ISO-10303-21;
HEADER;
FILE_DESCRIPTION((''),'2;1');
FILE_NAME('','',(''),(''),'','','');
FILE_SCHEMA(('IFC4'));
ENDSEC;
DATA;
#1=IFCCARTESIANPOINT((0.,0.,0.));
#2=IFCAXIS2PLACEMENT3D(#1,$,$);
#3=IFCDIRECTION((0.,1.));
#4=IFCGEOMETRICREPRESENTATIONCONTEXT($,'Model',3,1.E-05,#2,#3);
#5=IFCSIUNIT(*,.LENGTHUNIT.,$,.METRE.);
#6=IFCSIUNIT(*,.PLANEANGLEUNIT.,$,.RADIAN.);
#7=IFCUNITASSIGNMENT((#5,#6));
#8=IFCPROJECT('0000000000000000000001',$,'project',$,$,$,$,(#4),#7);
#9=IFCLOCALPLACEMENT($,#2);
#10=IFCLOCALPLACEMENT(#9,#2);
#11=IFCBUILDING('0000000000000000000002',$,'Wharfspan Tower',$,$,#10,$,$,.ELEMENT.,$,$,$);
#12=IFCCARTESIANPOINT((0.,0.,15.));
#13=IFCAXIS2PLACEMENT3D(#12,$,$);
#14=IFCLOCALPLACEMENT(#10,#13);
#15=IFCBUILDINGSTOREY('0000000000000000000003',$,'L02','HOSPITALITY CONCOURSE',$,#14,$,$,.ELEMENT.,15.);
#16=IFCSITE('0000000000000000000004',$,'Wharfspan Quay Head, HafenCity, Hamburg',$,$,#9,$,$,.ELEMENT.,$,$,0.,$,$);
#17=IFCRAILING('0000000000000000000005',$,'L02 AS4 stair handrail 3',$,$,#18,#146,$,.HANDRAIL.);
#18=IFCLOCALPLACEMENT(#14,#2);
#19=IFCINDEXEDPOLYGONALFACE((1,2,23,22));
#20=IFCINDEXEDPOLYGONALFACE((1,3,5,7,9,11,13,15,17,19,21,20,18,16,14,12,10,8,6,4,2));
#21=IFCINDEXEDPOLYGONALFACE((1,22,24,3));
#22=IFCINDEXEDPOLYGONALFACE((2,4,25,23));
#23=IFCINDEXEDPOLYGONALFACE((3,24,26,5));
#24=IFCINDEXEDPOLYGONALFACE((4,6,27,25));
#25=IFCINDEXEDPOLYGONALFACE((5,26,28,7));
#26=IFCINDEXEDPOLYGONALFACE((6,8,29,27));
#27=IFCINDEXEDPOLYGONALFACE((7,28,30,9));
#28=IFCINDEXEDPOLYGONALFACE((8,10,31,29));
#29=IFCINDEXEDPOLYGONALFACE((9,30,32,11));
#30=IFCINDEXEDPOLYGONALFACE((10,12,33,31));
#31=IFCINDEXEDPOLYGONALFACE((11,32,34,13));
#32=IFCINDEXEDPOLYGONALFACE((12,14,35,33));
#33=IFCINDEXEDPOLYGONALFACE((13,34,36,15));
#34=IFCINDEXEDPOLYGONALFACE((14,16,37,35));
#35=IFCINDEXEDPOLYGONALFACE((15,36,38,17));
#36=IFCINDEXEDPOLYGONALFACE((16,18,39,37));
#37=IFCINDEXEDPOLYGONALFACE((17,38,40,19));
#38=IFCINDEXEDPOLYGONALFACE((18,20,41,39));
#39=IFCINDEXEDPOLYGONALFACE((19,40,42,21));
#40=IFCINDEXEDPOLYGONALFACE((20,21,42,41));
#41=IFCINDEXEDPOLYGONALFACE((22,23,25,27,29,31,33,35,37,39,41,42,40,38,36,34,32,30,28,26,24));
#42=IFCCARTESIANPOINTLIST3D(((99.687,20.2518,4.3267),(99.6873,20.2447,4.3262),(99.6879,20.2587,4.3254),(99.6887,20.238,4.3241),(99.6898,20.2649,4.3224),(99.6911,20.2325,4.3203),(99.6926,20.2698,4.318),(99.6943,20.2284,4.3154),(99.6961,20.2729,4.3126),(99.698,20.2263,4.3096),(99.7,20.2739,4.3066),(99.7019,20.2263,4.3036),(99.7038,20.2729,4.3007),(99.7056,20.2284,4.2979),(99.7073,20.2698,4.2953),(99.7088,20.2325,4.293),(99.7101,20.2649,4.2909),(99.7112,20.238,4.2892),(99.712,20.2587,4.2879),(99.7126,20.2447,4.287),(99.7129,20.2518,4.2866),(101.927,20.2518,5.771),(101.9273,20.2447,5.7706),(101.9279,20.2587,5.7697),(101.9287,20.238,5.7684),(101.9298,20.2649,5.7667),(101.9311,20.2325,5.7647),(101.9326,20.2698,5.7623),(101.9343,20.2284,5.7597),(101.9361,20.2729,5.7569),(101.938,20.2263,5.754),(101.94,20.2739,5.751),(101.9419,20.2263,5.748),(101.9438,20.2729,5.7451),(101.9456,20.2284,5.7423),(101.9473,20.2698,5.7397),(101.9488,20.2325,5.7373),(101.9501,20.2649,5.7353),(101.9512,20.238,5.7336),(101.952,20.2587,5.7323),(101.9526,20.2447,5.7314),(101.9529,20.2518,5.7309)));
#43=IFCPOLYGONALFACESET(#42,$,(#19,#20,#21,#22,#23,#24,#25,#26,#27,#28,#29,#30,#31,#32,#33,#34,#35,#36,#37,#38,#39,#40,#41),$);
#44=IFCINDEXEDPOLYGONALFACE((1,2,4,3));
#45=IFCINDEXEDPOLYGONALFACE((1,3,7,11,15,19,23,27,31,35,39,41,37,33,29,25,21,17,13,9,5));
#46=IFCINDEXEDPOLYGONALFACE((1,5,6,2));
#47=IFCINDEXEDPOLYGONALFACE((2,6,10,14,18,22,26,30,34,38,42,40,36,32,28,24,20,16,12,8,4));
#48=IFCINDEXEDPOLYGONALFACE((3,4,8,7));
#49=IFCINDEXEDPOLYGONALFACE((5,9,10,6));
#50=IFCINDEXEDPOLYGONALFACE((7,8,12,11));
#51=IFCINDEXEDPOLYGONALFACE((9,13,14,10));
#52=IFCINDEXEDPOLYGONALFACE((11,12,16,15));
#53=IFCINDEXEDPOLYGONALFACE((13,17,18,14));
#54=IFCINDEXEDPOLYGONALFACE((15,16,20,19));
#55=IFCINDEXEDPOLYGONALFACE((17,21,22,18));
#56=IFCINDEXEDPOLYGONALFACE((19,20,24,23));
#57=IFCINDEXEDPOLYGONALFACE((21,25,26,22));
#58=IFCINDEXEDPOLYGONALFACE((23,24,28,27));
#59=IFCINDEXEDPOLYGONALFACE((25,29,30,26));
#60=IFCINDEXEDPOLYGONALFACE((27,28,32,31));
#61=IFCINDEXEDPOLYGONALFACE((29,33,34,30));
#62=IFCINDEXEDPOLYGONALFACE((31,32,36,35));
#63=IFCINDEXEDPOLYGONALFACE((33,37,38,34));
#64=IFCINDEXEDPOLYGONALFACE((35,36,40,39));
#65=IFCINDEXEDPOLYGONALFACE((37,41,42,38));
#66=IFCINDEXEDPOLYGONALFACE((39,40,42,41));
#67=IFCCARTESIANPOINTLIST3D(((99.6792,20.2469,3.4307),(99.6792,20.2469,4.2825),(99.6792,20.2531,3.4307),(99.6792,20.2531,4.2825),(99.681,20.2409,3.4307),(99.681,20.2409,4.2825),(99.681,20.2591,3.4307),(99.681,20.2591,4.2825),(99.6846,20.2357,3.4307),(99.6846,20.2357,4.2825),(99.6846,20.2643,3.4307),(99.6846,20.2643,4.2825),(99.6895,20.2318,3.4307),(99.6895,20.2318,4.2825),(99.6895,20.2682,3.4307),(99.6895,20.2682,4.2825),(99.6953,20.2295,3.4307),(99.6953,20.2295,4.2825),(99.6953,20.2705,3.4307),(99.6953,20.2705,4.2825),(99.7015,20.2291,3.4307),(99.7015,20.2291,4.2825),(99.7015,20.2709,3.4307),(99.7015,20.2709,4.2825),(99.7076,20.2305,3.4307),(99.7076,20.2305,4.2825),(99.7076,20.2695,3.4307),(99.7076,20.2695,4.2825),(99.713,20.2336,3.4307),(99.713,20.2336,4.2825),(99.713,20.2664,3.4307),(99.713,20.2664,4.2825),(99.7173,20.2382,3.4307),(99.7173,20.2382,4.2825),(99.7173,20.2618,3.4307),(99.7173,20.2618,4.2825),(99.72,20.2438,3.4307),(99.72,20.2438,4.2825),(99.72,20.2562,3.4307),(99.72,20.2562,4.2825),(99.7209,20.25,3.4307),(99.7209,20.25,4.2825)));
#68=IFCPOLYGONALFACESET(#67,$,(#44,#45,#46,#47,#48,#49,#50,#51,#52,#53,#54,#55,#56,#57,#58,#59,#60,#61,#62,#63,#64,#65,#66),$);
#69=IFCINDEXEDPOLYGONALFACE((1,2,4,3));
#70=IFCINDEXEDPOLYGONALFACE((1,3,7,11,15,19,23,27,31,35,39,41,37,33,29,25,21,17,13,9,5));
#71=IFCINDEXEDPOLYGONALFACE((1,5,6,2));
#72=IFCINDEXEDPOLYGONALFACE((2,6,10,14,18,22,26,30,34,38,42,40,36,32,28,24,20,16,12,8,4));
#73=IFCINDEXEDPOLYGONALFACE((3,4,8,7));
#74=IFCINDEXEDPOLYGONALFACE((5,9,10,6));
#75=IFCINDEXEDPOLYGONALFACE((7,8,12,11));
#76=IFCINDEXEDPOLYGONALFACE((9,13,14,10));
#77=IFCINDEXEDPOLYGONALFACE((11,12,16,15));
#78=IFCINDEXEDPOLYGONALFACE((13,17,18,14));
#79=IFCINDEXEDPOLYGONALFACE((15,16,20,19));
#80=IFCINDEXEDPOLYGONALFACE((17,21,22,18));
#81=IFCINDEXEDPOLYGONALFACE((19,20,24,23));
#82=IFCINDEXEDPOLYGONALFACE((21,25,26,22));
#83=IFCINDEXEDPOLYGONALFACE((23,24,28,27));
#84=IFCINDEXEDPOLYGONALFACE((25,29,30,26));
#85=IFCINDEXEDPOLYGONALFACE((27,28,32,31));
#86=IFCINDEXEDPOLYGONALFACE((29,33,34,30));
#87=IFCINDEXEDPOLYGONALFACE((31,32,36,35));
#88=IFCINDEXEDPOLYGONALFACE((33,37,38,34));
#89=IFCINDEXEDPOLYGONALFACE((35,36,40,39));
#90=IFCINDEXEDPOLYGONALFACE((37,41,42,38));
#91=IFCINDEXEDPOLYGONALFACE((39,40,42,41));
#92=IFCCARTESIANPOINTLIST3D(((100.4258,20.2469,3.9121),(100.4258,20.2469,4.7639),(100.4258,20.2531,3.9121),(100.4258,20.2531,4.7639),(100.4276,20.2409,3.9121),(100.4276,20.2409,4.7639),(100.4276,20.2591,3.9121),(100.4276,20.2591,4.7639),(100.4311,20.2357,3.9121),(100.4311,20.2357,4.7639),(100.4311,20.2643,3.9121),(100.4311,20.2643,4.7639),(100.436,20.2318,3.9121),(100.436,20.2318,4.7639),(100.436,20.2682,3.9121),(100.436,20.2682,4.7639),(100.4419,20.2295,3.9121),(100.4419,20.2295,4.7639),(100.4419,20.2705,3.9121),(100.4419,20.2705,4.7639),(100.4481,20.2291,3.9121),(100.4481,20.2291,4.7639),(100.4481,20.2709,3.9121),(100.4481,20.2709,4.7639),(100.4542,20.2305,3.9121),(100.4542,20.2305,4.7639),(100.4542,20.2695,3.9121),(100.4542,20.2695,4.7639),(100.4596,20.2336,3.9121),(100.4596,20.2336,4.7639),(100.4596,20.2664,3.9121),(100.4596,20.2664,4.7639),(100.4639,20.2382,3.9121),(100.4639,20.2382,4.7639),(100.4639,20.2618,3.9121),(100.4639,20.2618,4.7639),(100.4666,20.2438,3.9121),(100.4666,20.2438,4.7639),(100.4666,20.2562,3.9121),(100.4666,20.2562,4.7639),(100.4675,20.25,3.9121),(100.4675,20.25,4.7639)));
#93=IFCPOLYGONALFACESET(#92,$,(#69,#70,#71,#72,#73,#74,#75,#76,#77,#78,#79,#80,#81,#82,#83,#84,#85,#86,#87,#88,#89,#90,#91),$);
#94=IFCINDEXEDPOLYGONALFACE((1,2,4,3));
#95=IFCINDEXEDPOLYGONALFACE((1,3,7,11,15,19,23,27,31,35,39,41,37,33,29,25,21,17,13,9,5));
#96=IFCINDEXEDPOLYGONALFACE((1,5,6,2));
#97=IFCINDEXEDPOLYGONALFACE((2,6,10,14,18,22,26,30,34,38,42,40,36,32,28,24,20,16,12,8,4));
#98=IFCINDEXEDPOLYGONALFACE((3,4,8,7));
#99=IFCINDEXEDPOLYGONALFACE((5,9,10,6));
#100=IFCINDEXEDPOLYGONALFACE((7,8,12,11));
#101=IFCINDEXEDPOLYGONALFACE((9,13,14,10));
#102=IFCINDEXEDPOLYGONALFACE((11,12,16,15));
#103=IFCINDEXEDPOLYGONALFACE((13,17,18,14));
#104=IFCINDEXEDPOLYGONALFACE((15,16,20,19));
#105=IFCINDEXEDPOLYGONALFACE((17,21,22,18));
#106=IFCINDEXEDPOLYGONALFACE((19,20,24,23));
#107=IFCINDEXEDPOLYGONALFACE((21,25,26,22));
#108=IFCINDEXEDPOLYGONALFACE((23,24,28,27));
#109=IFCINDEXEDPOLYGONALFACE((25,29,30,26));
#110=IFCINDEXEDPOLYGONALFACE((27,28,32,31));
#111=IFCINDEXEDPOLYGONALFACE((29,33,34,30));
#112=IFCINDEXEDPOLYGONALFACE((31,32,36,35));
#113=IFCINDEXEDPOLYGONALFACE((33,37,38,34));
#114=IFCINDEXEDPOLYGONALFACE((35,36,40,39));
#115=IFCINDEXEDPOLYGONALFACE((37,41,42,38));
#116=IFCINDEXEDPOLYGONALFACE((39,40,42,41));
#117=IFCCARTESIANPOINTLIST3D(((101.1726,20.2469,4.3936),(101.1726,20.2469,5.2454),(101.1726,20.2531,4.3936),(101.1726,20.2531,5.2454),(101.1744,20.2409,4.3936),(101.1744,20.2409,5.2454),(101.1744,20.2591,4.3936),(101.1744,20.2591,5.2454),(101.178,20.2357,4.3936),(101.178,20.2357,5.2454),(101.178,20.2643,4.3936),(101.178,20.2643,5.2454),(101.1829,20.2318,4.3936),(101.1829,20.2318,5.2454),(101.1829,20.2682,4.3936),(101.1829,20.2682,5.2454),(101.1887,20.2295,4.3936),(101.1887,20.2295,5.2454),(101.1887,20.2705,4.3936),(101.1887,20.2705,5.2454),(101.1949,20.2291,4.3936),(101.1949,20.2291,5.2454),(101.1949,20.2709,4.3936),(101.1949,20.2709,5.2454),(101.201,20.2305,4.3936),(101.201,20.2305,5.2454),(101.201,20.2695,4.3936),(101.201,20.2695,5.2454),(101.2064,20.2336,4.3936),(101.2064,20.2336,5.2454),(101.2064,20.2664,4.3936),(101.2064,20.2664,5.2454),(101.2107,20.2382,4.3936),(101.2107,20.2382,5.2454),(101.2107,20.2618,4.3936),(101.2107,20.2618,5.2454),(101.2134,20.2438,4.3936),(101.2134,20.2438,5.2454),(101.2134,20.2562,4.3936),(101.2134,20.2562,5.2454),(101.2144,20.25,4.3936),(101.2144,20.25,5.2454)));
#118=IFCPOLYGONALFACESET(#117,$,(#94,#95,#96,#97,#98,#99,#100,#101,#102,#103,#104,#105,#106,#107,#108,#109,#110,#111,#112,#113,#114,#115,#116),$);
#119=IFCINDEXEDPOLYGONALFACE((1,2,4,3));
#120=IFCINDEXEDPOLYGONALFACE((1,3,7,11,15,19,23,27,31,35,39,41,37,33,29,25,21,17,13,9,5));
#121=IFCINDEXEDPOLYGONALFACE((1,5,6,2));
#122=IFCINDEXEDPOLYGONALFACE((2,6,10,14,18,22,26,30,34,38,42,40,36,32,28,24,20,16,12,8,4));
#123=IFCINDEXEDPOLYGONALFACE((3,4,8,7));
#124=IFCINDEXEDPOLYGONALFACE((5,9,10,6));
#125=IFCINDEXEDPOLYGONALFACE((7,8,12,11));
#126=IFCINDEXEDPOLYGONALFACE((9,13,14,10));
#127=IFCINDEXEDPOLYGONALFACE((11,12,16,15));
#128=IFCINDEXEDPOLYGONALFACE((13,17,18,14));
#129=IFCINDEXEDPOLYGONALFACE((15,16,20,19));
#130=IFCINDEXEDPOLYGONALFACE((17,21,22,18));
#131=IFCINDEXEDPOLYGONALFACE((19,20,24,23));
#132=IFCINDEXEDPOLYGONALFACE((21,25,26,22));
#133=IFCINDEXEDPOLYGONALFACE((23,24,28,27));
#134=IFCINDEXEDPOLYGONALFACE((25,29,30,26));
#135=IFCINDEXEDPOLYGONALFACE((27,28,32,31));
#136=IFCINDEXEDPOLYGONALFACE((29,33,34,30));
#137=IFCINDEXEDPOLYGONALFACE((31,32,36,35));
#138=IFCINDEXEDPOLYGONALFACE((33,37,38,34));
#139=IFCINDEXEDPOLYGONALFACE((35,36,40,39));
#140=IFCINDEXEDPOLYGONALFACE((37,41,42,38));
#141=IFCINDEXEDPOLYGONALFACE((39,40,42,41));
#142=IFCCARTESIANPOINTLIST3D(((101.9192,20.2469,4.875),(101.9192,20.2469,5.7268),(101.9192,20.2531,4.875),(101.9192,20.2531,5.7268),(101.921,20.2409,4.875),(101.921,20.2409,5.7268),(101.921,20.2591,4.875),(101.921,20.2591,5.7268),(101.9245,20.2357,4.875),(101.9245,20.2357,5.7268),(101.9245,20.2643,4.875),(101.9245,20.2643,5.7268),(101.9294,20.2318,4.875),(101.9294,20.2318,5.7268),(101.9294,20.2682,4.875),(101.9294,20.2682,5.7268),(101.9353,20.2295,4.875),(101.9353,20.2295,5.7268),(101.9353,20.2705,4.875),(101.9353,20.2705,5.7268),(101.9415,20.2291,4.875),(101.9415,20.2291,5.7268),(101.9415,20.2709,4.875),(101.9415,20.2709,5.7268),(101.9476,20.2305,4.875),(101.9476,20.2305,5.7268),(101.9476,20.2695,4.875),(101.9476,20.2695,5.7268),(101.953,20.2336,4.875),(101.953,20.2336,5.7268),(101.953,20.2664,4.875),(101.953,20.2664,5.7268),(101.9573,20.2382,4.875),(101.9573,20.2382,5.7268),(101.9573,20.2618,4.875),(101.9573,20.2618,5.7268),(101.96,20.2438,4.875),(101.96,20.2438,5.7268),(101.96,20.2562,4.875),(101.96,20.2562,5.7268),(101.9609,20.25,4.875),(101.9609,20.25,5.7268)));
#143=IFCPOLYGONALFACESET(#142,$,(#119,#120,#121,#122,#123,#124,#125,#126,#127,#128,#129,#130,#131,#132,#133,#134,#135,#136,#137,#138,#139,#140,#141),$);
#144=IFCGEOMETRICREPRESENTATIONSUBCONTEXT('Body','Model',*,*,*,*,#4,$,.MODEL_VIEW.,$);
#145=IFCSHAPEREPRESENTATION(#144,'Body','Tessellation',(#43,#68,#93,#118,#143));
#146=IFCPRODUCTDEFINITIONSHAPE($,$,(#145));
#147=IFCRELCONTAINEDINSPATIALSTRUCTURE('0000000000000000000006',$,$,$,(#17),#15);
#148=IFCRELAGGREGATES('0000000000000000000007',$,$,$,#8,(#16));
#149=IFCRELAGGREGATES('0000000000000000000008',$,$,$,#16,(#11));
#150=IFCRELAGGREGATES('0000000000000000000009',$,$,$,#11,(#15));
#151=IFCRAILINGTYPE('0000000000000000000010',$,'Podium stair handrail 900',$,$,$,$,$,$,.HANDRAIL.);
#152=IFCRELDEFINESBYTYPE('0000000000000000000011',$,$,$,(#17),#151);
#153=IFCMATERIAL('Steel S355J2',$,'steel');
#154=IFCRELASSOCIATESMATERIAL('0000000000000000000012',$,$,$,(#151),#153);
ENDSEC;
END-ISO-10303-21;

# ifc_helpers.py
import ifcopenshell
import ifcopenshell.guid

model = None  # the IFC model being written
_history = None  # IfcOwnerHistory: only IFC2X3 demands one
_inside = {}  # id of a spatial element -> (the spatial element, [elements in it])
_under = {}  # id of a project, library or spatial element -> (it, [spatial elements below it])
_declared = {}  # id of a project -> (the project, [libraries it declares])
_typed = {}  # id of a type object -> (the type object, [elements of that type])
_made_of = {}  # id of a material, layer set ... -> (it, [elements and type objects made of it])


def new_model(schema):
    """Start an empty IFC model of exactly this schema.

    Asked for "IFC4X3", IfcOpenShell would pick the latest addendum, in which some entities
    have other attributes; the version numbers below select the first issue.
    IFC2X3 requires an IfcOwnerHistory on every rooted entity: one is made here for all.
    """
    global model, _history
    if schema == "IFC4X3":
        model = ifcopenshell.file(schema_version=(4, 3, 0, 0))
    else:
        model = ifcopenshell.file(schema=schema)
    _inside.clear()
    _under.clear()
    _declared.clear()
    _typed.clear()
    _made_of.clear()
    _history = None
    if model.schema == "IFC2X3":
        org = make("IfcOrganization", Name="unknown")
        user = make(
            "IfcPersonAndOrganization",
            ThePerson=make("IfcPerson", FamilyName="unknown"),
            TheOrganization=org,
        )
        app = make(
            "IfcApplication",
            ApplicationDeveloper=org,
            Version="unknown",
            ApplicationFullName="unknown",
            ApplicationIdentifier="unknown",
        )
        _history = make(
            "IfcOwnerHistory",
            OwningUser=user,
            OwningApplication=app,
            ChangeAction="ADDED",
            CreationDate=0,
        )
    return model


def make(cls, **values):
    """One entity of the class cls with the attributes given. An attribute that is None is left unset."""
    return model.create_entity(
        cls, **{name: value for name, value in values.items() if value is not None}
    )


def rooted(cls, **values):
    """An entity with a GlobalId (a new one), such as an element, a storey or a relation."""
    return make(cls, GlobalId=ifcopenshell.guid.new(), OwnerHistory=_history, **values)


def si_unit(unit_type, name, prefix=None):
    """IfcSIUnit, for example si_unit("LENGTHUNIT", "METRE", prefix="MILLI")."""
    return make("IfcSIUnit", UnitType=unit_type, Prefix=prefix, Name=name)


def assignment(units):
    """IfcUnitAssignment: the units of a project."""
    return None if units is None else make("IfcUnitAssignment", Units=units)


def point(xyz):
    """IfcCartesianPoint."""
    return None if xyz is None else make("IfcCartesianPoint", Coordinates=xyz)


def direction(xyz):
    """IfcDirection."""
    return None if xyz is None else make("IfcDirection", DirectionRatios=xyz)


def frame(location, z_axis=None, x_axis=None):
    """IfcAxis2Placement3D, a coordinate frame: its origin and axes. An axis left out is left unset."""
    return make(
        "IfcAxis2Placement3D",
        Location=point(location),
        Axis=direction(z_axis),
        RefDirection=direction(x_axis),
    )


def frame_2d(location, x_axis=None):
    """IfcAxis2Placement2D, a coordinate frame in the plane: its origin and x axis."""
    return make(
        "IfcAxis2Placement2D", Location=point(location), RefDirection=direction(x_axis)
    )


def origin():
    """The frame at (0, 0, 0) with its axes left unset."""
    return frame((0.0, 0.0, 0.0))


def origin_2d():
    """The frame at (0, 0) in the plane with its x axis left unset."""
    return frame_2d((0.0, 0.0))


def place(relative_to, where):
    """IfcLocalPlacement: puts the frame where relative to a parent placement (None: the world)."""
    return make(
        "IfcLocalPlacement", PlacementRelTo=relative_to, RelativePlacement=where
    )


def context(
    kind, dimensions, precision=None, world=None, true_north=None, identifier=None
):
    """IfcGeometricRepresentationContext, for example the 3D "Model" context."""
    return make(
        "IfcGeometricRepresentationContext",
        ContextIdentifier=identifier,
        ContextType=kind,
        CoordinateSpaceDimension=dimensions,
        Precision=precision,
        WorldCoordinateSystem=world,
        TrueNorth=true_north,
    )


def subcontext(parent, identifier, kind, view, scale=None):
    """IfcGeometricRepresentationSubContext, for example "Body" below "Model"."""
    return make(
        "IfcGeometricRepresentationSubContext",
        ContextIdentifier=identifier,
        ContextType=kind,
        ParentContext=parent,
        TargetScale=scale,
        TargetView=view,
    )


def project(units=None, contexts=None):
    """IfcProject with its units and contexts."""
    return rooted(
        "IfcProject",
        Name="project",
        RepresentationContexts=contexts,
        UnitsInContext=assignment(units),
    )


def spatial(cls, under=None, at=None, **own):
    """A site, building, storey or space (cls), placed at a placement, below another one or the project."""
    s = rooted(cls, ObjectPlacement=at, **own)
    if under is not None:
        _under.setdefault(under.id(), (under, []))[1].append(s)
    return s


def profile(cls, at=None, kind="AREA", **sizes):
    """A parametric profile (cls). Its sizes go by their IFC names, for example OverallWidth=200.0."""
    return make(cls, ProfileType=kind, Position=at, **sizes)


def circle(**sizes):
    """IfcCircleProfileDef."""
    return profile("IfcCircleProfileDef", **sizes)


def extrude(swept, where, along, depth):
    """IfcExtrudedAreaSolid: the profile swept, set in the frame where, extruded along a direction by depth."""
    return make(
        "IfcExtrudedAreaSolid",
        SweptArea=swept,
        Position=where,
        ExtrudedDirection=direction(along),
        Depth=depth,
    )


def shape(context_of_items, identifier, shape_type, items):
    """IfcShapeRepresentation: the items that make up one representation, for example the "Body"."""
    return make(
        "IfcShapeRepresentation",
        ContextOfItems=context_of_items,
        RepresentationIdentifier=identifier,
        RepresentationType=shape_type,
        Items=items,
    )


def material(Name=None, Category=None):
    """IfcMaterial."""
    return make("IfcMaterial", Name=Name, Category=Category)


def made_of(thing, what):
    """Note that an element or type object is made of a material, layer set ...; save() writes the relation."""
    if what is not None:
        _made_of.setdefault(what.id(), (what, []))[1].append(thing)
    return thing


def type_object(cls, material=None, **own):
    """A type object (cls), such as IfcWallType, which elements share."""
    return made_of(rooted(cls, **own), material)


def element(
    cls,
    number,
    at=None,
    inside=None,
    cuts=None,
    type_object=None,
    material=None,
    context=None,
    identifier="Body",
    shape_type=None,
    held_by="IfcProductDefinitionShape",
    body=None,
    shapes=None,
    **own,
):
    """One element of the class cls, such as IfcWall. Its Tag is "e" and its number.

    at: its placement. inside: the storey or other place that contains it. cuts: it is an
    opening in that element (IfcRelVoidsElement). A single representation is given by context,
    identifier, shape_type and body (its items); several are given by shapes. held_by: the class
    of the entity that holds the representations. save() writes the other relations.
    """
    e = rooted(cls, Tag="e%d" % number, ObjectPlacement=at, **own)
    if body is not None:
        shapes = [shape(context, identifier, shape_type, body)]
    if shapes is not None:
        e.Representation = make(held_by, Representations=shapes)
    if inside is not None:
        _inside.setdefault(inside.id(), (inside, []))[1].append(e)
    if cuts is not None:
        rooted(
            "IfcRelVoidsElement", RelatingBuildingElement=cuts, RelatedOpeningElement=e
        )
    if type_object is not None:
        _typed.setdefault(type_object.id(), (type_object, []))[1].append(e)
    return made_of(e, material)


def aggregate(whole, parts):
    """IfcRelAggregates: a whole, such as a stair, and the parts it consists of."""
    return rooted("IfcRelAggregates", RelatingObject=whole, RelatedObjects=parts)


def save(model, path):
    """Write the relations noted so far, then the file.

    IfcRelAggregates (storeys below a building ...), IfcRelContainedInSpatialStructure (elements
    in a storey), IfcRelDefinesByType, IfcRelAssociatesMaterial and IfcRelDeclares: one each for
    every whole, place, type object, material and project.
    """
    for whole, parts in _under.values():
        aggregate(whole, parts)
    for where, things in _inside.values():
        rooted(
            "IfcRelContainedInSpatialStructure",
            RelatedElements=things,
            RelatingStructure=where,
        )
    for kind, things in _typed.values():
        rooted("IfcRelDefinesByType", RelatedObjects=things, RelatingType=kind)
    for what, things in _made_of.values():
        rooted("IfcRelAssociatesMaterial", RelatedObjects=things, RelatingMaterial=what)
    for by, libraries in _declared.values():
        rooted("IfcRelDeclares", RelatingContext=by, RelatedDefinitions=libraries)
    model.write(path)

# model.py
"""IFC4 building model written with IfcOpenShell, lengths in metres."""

from ifc_helpers import new_model, si_unit, direction, frame, origin, origin_2d, place, context, subcontext, project, spatial, circle, extrude, material, type_object, element, save


model = new_model("IFC4")

# Units and contexts
model_context = context("Model", 3, precision=1e-05, world=origin(), true_north=direction((0.0, 1.0)))
body_context = subcontext(model_context, "Body", "Model", "MODEL_VIEW")
ifc_project = project(units=[si_unit("LENGTHUNIT", "METRE"), si_unit("PLANEANGLEUNIT", "RADIAN")], contexts=[model_context])

# Site, building, storey
site_placement = place(None, origin())
site = spatial("IfcSite", under=ifc_project, at=site_placement, Name="Wharfspan Quay Head, HafenCity, Hamburg", CompositionType="ELEMENT", RefElevation=0.0)
building_placement = place(site_placement, origin())
building = spatial("IfcBuilding", under=site, at=building_placement, Name="Wharfspan Tower", CompositionType="ELEMENT")
storey_placement = place(building_placement, frame((0.0, 0.0, 15.0)))
storey = spatial("IfcBuildingStorey", under=building, at=storey_placement, Name="L02", Description="HOSPITALITY CONCOURSE", CompositionType="ELEMENT", Elevation=15.0)

# Railing
ifc_material_1 = material(Name="Steel S355J2", Category="steel")
railing_type = type_object("IfcRailingType", Name="Podium stair handrail 900", PredefinedType="HANDRAIL", material=ifc_material_1)
for number, where, name in (
    (1, (99.7, 20.25, 3.4307), "L02 AS4 stair handrail 3"),
):
    element("IfcRailing", number, at=place(storey_placement, frame(where)), inside=storey, type_object=railing_type, Name=name, PredefinedType="HANDRAIL", context=body_context, shape_type="SweptSolid", body=[
        extrude(circle(Radius=0.0239, at=origin_2d()), frame((0.0, 0.0, 0.876), z_axis=(0.840437, 0.0, 0.54191), x_axis=(0.0, 1.0, 0.0)), (0.0, 0.0, 1.0), 2.6653),
        extrude(circle(Radius=0.021, at=origin_2d()), origin(), (0.0, 0.0, 1.0), 0.8518),
        extrude(circle(Radius=0.021, at=origin_2d()), frame((0.7466, 0.0, 0.4814)), (0.0, 0.0, 1.0), 0.8518),
        extrude(circle(Radius=0.021, at=origin_2d()), frame((1.4934, 0.0, 0.9629)), (0.0, 0.0, 1.0), 0.8518),
        extrude(circle(Radius=0.021, at=origin_2d()), frame((2.24, 0.0, 1.4443)), (0.0, 0.0, 1.0), 0.8518),
    ])

save(model, "model.ifc")
